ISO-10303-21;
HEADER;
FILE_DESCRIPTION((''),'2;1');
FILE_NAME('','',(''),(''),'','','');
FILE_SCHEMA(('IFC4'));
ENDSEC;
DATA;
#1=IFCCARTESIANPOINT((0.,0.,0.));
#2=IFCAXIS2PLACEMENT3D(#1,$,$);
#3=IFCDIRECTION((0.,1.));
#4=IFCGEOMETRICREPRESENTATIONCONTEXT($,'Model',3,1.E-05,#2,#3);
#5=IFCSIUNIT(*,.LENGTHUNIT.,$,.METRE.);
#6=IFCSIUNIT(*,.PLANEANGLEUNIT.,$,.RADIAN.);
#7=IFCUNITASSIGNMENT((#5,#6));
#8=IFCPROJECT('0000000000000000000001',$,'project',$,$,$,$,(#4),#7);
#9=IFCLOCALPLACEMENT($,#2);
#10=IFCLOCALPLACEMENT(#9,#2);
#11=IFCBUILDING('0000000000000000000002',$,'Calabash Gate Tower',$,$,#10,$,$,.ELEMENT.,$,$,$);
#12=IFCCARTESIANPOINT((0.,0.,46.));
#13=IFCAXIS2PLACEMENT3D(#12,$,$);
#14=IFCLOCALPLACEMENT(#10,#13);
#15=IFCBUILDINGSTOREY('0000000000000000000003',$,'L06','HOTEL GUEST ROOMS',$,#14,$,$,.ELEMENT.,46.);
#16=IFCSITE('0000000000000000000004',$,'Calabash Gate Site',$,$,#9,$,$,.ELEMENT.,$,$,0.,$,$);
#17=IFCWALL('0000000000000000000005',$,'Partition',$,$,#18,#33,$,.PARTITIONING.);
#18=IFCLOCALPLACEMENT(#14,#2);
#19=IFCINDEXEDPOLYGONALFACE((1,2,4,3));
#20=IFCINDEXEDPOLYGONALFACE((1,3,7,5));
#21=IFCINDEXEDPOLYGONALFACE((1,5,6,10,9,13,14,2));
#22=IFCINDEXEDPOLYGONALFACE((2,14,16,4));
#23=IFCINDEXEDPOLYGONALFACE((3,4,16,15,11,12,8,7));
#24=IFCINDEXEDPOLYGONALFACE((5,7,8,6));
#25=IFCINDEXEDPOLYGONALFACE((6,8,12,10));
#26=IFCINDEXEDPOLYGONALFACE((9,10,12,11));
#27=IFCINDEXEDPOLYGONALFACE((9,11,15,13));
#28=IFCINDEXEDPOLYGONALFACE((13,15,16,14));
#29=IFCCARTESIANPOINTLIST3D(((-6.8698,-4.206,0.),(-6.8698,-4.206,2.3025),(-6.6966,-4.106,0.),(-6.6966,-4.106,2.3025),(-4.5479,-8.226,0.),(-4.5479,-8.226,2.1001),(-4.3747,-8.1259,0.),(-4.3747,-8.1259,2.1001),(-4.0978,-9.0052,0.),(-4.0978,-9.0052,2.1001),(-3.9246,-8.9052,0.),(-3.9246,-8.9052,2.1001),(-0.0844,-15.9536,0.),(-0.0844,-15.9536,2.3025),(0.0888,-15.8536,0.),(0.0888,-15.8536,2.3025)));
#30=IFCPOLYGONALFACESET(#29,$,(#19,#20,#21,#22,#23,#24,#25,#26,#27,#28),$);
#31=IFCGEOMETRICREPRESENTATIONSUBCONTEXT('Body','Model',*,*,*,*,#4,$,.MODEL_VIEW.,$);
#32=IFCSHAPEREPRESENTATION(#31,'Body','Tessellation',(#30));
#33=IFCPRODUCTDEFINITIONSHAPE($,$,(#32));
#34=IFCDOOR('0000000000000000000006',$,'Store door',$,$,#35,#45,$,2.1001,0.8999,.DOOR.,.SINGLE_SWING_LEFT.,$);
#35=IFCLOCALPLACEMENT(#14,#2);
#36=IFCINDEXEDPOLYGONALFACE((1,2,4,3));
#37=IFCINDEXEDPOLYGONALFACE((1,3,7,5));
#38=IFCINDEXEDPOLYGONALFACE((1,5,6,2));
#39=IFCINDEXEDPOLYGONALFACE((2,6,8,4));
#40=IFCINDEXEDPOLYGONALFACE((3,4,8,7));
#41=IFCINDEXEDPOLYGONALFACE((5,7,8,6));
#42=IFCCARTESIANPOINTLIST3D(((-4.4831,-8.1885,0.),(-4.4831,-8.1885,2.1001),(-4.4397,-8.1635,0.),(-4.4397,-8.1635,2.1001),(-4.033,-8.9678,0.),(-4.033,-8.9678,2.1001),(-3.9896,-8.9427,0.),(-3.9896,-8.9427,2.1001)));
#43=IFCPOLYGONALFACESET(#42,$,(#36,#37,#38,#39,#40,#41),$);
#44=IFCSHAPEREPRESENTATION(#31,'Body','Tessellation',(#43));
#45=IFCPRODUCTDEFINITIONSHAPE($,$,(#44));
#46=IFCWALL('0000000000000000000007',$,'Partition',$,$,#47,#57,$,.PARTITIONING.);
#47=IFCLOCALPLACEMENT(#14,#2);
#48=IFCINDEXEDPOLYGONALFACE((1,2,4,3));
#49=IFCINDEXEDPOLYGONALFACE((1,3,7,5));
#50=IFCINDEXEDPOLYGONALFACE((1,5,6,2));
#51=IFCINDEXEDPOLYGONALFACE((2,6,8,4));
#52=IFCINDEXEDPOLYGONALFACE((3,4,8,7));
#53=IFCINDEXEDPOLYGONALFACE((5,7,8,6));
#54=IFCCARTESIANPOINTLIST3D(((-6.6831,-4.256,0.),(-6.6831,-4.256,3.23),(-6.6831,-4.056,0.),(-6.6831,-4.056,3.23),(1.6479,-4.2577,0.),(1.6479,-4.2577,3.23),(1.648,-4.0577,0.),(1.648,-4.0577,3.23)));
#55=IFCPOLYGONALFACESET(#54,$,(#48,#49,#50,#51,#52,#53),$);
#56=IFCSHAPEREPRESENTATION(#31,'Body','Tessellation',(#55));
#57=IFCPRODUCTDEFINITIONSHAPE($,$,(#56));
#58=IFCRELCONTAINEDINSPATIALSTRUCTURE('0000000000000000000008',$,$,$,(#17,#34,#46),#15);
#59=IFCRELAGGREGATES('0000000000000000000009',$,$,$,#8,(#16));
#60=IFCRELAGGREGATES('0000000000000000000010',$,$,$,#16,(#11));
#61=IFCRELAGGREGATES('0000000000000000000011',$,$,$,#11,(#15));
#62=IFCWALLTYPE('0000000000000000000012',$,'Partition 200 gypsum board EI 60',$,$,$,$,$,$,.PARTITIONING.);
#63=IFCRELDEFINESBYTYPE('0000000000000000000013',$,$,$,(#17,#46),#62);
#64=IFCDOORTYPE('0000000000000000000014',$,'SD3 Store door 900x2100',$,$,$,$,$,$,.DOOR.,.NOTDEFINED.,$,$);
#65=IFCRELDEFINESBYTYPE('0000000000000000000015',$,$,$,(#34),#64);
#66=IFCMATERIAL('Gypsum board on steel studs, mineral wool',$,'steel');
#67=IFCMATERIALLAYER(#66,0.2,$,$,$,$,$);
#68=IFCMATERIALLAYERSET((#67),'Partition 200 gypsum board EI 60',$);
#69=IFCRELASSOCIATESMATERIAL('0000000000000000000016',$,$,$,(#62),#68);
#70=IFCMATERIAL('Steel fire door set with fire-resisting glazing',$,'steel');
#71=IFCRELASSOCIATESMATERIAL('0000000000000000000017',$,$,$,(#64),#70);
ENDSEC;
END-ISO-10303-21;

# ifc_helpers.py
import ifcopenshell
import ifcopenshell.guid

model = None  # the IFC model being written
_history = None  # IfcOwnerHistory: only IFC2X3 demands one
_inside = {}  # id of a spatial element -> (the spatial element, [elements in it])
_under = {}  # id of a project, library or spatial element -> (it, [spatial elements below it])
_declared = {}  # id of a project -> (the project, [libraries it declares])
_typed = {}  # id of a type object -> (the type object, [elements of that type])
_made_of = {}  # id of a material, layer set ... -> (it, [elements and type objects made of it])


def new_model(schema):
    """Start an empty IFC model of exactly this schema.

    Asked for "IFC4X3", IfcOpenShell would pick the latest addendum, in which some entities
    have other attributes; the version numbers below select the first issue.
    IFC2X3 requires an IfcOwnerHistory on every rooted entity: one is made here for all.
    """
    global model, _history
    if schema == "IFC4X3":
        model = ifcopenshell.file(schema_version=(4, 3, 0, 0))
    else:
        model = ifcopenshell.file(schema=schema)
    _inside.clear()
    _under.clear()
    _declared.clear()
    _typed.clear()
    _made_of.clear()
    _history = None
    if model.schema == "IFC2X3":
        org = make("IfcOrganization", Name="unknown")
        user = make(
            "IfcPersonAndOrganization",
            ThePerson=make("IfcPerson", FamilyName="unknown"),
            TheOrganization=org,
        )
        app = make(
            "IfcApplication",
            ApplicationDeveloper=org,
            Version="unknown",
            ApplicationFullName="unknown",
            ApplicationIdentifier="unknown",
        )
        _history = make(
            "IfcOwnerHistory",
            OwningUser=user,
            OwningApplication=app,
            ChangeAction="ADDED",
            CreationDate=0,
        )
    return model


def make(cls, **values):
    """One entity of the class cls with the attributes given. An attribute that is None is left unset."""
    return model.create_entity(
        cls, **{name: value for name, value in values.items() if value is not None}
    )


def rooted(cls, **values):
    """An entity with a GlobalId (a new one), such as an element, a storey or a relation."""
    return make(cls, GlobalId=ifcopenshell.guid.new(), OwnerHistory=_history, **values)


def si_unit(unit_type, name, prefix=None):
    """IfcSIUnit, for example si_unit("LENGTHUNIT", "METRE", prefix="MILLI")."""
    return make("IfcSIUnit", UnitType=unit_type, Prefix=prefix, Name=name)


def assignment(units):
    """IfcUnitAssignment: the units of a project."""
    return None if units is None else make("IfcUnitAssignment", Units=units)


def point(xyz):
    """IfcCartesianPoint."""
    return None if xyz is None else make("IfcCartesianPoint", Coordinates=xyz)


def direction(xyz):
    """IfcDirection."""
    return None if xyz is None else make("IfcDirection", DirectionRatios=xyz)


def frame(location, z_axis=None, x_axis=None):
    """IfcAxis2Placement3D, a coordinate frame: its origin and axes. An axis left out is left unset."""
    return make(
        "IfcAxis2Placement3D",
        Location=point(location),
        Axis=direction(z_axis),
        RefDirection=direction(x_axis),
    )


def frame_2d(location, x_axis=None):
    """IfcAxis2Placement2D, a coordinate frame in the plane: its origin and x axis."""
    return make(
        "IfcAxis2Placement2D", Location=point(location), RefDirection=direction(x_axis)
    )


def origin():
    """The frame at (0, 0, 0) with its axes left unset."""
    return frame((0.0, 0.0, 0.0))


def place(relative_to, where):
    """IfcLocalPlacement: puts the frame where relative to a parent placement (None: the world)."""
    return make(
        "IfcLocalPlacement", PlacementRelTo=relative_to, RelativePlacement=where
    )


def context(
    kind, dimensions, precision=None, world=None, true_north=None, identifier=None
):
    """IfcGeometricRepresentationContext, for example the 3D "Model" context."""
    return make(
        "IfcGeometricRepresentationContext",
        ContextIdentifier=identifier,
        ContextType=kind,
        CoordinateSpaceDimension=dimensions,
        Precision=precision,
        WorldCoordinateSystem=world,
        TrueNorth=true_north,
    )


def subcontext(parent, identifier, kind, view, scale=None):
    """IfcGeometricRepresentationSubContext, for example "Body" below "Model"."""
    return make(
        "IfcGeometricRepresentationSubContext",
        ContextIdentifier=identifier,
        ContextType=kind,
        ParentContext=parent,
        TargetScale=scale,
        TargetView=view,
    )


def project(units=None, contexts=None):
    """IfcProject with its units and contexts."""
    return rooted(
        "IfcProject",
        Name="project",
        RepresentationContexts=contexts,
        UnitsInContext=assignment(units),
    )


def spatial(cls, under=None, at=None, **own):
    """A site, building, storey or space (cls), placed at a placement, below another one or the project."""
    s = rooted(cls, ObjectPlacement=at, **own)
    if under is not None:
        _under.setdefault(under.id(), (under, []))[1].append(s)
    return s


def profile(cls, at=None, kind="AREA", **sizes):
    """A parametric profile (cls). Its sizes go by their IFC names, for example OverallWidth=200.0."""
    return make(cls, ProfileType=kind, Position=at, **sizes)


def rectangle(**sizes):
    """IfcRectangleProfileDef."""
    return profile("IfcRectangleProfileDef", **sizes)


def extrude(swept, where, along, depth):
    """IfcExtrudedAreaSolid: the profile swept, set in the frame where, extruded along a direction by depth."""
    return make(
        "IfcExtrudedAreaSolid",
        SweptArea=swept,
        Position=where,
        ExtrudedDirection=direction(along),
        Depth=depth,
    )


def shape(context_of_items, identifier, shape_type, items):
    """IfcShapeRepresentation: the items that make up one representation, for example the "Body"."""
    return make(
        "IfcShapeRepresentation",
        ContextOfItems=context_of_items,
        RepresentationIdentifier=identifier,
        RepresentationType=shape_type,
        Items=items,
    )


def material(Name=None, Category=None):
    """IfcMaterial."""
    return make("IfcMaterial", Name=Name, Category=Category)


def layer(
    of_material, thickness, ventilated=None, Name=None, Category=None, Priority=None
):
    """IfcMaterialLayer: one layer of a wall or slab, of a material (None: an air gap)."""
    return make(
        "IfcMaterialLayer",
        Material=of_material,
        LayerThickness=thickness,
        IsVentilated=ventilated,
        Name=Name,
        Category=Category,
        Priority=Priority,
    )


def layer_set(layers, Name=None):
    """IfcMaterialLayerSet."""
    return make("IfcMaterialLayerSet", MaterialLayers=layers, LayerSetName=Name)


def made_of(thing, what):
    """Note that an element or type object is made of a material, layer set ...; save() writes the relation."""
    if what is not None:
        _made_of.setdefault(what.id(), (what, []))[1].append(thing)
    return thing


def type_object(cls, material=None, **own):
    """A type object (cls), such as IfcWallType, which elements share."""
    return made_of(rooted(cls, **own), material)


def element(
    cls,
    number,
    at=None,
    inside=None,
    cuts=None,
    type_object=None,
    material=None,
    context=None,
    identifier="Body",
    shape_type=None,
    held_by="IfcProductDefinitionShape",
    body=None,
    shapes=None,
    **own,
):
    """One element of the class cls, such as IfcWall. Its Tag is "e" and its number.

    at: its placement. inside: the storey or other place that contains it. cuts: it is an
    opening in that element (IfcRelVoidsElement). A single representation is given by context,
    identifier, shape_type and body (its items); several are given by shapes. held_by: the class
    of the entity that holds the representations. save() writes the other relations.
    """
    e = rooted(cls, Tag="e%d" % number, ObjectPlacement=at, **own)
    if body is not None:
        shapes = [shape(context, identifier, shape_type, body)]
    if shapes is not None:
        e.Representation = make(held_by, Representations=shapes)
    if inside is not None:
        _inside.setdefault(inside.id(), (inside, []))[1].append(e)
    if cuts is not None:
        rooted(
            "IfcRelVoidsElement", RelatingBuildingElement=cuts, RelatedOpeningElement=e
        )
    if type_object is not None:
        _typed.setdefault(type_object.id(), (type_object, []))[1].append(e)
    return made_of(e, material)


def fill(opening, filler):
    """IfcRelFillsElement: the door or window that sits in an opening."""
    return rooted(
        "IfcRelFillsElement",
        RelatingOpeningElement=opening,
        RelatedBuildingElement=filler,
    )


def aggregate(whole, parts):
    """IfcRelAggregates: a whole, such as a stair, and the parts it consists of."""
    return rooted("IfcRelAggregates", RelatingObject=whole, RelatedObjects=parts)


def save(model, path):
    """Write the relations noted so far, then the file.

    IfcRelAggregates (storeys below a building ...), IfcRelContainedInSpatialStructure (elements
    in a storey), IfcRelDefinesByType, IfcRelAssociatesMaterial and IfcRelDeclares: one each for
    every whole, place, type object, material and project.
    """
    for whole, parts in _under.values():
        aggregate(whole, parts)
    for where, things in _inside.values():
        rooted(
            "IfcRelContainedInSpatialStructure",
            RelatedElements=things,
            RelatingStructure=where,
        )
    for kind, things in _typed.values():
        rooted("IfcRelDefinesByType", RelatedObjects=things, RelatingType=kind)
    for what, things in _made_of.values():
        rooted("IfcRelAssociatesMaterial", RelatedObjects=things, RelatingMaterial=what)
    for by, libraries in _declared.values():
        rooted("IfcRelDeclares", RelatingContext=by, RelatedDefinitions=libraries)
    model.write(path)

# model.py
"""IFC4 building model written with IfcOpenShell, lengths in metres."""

from ifc_helpers import new_model, si_unit, direction, frame, frame_2d, origin, place, context, subcontext, project, spatial, rectangle, extrude, material, layer, layer_set, type_object, element, fill, save


model = new_model("IFC4")

# Units and contexts
model_context = context("Model", 3, precision=1e-05, world=origin(), true_north=direction((0.0, 1.0)))
body_context = subcontext(model_context, "Body", "Model", "MODEL_VIEW")
ifc_project = project(units=[si_unit("LENGTHUNIT", "METRE"), si_unit("PLANEANGLEUNIT", "RADIAN")], contexts=[model_context])

# Site, building, storey
site_placement = place(None, origin())
site = spatial("IfcSite", under=ifc_project, at=site_placement, Name="Calabash Gate Site", CompositionType="ELEMENT", RefElevation=0.0)
building_placement = place(site_placement, origin())
building = spatial("IfcBuilding", under=site, at=building_placement, Name="Calabash Gate Tower", CompositionType="ELEMENT")
storey_placement = place(building_placement, frame((0.0, 0.0, 46.0)))
storey = spatial("IfcBuildingStorey", under=building, at=storey_placement, Name="L06", Description="HOTEL GUEST ROOMS", CompositionType="ELEMENT", Elevation=46.0)

# Shared definitions
ifc_material_1 = material(Name="Gypsum board on steel studs, mineral wool", Category="steel")
ifc_layer_1 = layer(ifc_material_1, 0.2)
ifc_layer_set_1 = layer_set([ifc_layer_1], Name="Partition 200 gypsum board EI 60")
wall_type_1 = type_object("IfcWallType", Name="Partition 200 gypsum board EI 60", PredefinedType="PARTITIONING", material=ifc_layer_set_1)

# Wall, opening, door
wall_1_placement = place(storey_placement, frame((-6.7832, -4.156, 0.0), z_axis=(0.0, 0.0, 1.0), x_axis=(0.500163, -0.865931, 0.0)))
wall_1 = element("IfcWall", 1, at=wall_1_placement, inside=storey, type_object=wall_type_1, Name="Partition", PredefinedType="PARTITIONING", context=body_context, shape_type="SweptSolid", body=[
    extrude(rectangle(XDim=13.5664, YDim=0.2, at=frame_2d((6.7832, 0.0))), origin(), (0.0, 0.0, 1.0), 2.3025),
])
opening_1_placement = place(wall_1_placement, frame((4.6423, 0.0, 0.0)))
opening_1 = element("IfcOpeningElement", 2, at=opening_1_placement, cuts=wall_1, PredefinedType="OPENING", context=body_context, shape_type="SweptSolid", body=[
    extrude(rectangle(XDim=0.8999, YDim=2.1001, at=frame_2d((0.45, 1.05))), frame((0.0, 0.1099, 0.0), z_axis=(0.0, -1.0, 0.0), x_axis=(1.0, 0.0, 0.0)), (0.0, 0.0, 1.0), 0.22),
])
ifc_material_2 = material(Name="Steel fire door set with fire-resisting glazing", Category="steel")
door_type_1 = type_object("IfcDoorType", Name="SD3 Store door 900x2100", OperationType="NOTDEFINED", PredefinedType="DOOR", material=ifc_material_2)
door_1_placement = place(opening_1_placement, origin())
door_1 = element("IfcDoor", 3, at=door_1_placement, inside=storey, type_object=door_type_1, Name="Store door", OperationType="SINGLE_SWING_LEFT", OverallHeight=2.1001, OverallWidth=0.8999, PredefinedType="DOOR", context=body_context, shape_type="SweptSolid", body=[
    extrude(rectangle(XDim=0.8999, YDim=2.1001, at=frame_2d((0.45, 1.05))), frame((0.0, 0.0249, 0.0), z_axis=(0.0, -1.0, 0.0), x_axis=(1.0, 0.0, 0.0)), (0.0, 0.0, 1.0), 0.05),
])
fill(opening_1, door_1)

# Wall
wall_2_placement = place(storey_placement, frame((-6.6831, -4.156, 0.0), z_axis=(0.0, 0.0, 1.0), x_axis=(1.0, -0.000205, 0.0)))
element("IfcWall", 4, at=wall_2_placement, inside=storey, type_object=wall_type_1, Name="Partition", PredefinedType="PARTITIONING", context=body_context, shape_type="SweptSolid", body=[
    extrude(rectangle(XDim=8.3311, YDim=0.2, at=frame_2d((4.1655, 0.0))), origin(), (0.0, 0.0, 1.0), 3.23),
])

save(model, "model.ifc")
